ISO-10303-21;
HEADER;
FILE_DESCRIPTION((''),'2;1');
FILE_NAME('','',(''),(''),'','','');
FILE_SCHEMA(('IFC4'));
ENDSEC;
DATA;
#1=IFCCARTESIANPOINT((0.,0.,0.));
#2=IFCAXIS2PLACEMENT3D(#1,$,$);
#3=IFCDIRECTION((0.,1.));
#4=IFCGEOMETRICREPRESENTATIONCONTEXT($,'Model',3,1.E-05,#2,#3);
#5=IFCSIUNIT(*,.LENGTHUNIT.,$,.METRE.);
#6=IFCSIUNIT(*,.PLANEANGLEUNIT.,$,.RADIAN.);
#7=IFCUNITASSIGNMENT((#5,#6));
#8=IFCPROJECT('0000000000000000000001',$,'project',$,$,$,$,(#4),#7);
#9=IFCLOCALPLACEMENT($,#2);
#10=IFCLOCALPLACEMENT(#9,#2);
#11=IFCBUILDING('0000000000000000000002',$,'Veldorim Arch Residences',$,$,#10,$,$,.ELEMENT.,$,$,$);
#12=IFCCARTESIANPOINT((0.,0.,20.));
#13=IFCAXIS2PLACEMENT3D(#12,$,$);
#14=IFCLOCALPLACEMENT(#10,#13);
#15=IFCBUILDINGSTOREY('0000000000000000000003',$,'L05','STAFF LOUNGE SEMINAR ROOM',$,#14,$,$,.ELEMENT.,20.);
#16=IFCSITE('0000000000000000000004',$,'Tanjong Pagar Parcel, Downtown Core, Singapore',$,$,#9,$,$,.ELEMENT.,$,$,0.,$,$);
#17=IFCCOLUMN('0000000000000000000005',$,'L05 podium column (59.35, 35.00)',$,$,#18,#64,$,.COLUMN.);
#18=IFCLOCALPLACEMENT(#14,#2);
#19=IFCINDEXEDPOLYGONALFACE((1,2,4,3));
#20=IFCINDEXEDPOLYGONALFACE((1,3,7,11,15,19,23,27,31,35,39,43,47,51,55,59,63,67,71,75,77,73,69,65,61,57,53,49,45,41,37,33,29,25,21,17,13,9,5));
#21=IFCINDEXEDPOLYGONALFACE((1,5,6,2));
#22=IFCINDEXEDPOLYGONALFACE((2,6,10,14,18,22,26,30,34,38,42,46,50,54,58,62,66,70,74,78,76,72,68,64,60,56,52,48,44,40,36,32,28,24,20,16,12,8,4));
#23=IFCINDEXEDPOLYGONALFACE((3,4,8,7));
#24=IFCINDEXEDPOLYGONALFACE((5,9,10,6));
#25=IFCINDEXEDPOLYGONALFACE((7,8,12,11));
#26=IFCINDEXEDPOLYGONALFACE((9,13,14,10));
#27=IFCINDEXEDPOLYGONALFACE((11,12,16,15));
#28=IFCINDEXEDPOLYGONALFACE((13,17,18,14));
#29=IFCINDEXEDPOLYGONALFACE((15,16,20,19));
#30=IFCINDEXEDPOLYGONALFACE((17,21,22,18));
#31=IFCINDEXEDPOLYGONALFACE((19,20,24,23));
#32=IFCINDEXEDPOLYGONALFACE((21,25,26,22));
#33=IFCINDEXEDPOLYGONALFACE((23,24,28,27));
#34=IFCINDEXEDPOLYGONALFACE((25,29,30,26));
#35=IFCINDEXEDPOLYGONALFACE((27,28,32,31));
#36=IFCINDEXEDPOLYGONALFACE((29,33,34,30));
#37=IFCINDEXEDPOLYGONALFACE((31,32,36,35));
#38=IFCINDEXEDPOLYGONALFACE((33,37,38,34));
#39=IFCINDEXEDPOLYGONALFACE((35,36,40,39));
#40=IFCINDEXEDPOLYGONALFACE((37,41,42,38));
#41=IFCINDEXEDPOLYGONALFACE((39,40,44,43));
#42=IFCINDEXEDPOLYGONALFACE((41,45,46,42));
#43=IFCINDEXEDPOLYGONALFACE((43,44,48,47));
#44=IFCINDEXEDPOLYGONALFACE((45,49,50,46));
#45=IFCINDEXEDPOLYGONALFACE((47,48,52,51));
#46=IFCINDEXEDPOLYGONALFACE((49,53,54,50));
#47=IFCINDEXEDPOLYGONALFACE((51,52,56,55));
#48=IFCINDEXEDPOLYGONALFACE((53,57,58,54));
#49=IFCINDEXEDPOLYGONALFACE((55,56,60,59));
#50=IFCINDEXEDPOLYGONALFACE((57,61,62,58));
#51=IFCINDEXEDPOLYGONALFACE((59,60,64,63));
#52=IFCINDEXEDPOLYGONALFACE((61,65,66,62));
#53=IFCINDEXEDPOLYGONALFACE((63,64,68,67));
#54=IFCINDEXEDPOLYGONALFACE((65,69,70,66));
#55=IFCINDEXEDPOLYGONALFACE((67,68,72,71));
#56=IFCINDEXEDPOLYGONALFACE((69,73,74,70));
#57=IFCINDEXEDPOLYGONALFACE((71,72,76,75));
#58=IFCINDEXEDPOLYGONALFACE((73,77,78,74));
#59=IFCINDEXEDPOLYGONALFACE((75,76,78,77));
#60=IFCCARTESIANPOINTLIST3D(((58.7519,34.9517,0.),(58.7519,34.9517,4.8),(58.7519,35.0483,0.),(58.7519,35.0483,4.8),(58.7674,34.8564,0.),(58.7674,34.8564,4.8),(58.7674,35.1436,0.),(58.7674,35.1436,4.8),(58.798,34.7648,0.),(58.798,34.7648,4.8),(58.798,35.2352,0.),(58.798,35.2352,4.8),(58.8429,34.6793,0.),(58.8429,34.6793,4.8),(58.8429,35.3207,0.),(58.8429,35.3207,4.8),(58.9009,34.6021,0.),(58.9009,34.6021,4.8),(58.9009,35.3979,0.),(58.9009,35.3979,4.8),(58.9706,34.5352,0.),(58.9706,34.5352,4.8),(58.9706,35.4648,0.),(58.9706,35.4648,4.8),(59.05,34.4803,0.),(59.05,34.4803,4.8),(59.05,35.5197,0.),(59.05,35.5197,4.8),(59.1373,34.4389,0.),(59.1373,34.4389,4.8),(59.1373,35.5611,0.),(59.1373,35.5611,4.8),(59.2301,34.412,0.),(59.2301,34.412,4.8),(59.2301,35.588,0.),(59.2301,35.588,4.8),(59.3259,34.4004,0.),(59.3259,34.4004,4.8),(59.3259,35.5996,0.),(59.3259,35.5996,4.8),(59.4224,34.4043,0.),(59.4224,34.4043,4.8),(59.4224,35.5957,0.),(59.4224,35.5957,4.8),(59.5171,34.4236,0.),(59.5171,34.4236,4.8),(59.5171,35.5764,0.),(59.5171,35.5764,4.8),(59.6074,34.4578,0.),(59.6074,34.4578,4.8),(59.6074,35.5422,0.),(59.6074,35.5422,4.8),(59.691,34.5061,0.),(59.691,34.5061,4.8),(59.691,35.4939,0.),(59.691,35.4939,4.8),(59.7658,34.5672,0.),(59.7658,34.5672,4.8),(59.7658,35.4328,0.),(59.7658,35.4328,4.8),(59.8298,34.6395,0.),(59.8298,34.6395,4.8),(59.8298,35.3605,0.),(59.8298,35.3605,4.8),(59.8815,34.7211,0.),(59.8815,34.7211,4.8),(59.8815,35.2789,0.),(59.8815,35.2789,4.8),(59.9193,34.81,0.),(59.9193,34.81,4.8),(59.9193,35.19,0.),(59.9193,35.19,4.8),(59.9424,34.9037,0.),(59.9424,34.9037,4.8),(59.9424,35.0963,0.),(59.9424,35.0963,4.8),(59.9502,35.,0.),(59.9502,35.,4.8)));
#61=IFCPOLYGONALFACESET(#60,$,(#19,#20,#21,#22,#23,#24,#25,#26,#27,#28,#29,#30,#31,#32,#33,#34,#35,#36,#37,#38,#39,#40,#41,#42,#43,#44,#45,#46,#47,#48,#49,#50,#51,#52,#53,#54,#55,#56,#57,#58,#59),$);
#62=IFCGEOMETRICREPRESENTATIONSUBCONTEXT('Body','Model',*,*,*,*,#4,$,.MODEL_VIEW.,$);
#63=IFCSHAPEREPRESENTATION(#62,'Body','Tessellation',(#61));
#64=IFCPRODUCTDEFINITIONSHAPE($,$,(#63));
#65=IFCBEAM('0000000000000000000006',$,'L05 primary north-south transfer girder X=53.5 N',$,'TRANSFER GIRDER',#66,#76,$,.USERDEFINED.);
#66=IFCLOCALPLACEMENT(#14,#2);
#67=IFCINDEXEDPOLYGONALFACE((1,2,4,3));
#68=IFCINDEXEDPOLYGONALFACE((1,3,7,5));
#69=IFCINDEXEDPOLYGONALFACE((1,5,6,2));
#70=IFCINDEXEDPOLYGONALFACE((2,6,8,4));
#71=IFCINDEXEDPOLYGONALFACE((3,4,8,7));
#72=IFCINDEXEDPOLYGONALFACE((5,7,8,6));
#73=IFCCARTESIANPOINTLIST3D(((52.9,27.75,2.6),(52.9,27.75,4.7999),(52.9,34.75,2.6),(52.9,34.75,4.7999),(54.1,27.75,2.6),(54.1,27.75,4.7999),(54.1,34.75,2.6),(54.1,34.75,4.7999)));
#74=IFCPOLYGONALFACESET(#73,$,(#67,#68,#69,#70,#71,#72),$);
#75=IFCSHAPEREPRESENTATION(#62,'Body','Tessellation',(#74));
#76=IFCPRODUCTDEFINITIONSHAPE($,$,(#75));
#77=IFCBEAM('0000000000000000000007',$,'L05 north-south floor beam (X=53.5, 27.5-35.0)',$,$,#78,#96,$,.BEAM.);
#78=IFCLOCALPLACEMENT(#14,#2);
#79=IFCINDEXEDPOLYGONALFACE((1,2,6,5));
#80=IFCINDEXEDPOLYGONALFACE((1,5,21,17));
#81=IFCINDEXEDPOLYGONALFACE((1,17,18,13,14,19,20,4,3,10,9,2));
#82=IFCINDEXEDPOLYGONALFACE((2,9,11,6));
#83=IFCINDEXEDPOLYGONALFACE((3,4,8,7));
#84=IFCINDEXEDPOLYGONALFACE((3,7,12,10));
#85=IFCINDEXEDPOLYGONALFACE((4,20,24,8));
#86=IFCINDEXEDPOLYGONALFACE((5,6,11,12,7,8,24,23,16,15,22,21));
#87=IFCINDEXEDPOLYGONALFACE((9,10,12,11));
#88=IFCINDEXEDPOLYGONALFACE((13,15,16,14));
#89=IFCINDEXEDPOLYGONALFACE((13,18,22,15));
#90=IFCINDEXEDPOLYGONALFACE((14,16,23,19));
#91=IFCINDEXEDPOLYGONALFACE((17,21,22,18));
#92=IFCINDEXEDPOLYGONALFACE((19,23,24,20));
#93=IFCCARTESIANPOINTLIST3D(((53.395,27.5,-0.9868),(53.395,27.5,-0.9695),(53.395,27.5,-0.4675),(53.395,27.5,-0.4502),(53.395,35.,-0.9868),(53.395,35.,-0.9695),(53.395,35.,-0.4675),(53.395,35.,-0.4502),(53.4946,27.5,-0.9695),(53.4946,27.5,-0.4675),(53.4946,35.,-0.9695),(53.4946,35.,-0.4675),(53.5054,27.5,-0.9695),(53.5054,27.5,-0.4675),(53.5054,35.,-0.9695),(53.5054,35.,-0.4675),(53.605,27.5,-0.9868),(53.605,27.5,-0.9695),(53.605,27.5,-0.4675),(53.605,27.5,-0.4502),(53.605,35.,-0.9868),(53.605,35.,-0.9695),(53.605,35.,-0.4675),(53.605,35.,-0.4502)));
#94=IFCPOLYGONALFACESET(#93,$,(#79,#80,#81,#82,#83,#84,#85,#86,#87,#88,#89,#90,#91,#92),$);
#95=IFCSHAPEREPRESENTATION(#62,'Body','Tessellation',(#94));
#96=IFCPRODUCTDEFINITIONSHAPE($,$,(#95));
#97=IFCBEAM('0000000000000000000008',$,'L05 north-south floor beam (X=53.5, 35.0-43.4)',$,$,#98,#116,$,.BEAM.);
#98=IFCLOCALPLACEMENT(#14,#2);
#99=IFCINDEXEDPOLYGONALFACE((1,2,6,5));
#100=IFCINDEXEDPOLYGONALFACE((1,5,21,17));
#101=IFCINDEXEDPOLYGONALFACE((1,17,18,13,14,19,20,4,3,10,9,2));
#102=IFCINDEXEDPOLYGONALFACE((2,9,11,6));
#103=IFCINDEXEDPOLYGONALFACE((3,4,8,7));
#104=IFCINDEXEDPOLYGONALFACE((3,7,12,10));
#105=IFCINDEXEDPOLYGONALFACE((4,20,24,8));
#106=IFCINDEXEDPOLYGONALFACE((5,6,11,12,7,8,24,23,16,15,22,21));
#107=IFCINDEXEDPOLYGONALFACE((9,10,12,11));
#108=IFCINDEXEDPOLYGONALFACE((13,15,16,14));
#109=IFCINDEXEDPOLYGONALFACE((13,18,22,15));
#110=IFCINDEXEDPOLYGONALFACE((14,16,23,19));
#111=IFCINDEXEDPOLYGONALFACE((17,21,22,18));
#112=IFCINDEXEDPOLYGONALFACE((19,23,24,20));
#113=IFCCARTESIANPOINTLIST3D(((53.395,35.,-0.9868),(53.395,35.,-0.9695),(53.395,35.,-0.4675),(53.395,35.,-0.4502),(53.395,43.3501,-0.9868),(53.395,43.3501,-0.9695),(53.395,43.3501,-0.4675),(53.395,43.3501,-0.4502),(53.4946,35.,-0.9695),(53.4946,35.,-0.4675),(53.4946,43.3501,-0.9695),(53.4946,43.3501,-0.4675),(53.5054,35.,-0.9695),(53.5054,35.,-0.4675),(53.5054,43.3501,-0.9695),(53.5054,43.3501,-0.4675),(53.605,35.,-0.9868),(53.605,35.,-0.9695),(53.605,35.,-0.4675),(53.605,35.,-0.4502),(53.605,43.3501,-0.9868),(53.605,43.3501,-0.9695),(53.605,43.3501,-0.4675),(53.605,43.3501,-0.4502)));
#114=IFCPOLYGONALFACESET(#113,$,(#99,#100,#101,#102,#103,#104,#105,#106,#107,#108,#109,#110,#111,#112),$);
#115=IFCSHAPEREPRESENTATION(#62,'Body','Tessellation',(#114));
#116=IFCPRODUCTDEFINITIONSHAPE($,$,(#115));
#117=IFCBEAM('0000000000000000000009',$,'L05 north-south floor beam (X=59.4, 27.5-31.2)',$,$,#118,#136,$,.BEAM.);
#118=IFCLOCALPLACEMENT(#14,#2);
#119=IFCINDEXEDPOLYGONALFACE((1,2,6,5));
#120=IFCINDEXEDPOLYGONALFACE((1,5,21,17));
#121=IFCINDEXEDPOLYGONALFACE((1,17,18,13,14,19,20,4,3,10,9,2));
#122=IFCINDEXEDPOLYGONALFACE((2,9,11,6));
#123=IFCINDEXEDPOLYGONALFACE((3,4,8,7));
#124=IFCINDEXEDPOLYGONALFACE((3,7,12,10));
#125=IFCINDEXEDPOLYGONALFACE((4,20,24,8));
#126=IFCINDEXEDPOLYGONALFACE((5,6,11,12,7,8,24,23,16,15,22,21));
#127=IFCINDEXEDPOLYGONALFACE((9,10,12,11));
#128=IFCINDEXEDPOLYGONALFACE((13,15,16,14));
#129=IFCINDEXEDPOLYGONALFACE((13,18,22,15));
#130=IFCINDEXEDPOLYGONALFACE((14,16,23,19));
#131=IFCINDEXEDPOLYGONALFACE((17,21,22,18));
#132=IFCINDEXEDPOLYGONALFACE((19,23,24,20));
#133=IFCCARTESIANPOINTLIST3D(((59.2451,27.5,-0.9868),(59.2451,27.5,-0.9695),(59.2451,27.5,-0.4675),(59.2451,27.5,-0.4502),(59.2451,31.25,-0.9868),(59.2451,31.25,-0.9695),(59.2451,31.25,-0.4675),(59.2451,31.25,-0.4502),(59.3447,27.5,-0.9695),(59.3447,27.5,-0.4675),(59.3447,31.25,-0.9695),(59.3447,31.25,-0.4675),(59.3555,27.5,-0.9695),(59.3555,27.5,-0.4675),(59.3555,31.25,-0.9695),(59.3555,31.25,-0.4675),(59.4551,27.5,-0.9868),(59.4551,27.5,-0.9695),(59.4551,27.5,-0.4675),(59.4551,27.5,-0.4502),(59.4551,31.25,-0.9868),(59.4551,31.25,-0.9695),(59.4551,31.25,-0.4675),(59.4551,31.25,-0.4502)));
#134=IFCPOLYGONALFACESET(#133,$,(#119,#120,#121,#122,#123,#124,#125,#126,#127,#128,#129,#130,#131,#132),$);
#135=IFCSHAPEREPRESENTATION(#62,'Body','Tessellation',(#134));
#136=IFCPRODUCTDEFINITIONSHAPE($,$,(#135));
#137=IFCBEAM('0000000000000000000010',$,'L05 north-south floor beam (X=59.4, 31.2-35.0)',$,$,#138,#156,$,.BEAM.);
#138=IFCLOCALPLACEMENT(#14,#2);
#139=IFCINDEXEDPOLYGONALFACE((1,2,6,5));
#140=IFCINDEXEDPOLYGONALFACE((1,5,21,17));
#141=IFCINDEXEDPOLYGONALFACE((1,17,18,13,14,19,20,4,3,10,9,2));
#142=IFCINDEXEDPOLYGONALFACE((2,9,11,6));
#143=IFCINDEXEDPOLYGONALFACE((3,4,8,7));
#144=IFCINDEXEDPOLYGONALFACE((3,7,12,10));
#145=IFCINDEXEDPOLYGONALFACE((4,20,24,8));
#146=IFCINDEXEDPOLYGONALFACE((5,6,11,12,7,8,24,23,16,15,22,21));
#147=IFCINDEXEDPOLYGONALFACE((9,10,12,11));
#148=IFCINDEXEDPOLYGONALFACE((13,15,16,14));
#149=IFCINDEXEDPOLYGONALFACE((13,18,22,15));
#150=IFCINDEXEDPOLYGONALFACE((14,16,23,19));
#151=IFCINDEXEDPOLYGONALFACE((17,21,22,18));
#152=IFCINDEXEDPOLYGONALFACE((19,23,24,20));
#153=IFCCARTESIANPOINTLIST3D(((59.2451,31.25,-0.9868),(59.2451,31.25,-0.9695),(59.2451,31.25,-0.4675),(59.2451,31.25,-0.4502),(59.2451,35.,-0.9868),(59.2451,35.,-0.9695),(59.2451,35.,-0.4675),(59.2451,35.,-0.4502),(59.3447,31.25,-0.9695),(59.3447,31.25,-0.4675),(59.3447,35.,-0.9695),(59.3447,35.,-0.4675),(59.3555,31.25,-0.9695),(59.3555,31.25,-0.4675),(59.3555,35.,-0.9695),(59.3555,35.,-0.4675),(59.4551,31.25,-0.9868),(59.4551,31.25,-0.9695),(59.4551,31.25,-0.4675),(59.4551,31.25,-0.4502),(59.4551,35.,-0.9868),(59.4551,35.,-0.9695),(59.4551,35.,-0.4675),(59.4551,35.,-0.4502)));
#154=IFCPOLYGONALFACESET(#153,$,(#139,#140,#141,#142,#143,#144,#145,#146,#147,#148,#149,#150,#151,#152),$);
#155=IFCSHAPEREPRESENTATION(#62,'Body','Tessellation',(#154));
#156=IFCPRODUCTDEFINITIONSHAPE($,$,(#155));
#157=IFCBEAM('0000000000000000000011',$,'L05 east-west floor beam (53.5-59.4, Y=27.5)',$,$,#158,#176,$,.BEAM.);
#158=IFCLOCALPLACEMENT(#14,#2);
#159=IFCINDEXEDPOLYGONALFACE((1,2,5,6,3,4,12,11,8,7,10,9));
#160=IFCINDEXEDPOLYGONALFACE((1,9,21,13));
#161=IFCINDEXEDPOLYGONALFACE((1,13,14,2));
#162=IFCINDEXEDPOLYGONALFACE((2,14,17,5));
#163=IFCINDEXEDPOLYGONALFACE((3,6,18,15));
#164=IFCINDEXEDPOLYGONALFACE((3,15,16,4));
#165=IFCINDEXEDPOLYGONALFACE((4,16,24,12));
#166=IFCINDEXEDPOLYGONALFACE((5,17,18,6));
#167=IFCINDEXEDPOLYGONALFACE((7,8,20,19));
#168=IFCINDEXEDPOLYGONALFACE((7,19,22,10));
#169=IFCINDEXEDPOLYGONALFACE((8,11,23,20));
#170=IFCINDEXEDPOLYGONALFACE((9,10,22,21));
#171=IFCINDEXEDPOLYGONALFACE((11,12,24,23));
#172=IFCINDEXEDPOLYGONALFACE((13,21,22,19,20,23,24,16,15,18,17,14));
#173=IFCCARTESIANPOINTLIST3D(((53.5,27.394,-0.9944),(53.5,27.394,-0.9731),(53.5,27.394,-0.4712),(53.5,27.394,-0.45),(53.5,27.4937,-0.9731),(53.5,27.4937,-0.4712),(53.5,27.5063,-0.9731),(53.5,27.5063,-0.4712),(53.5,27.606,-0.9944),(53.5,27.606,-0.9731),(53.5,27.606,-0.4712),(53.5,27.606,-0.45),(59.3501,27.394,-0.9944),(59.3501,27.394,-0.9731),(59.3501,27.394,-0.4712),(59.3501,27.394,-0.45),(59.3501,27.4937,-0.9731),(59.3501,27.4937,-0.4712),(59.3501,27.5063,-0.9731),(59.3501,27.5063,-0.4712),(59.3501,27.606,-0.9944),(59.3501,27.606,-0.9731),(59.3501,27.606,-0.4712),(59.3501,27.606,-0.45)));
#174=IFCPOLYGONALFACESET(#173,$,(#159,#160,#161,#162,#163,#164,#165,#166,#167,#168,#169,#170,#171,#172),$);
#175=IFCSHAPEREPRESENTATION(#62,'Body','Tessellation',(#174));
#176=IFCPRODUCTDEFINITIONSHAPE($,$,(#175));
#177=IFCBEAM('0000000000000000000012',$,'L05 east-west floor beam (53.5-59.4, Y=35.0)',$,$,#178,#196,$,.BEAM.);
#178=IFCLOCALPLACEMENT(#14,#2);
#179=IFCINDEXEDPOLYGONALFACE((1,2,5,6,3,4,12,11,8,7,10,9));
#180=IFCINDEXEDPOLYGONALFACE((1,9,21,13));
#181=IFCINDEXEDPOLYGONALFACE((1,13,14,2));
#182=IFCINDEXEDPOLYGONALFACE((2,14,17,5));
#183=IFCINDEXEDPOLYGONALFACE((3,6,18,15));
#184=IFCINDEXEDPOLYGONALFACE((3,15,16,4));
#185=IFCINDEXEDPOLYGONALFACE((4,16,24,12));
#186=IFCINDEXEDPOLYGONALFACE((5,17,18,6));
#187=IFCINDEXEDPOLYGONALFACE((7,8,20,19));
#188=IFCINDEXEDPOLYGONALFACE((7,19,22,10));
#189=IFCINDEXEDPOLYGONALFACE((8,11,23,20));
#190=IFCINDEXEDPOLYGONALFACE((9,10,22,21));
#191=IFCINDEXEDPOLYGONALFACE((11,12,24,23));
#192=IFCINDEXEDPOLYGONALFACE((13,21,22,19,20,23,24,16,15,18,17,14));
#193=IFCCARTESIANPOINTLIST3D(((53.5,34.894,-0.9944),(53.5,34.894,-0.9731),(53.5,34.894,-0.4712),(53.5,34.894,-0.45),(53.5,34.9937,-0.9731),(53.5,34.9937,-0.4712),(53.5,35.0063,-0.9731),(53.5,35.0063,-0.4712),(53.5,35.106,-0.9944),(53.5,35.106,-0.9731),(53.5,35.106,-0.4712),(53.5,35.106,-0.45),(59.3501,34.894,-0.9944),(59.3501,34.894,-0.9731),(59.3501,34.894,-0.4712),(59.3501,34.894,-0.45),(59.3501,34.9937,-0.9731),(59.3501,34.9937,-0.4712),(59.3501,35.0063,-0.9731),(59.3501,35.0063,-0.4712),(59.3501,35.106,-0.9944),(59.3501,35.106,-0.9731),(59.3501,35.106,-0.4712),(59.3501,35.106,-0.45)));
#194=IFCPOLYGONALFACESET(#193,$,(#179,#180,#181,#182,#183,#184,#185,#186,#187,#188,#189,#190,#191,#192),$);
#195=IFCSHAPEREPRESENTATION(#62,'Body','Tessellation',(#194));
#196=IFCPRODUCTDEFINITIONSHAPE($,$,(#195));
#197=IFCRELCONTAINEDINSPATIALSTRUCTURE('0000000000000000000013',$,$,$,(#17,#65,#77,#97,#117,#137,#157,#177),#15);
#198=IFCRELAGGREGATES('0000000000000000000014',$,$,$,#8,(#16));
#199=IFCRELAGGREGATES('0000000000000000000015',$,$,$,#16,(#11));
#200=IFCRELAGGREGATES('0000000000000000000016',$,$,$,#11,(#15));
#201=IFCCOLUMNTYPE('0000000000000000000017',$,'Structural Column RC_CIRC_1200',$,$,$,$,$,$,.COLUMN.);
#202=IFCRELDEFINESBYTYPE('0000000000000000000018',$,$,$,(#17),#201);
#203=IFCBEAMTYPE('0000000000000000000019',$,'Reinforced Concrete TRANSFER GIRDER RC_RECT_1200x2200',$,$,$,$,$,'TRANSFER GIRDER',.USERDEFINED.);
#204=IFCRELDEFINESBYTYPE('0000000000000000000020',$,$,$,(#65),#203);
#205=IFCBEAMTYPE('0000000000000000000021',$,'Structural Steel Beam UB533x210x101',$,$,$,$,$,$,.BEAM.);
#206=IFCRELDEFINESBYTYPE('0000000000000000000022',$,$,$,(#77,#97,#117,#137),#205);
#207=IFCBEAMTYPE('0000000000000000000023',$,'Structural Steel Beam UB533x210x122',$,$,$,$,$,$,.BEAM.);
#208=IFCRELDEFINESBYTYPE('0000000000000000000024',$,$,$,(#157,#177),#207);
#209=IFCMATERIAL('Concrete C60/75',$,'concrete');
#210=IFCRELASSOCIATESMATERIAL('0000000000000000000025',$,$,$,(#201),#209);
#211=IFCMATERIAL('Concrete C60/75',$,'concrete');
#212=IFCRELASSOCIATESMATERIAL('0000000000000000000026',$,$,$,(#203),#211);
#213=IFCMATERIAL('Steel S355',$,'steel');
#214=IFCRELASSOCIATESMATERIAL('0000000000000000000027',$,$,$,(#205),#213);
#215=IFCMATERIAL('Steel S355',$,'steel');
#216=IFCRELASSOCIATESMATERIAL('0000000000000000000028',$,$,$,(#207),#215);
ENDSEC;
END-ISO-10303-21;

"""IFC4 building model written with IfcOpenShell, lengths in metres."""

from ifc_helpers import new_model, si_unit, direction, frame, origin, origin_2d, place, context, subcontext, project, spatial, rectangle, circle, i_section, extrude, material, material_profile, profile_set, type_object, element, save


model = new_model("IFC4")

# Units and contexts
model_context = context("Model", 3, precision=1e-05, world=origin(), true_north=direction((0.0, 1.0)))
body_context = subcontext(model_context, "Body", "Model", "MODEL_VIEW")
ifc_project = project(units=[si_unit("LENGTHUNIT", "METRE"), si_unit("PLANEANGLEUNIT", "RADIAN")], contexts=[model_context])

# Site, building, storey
site_placement = place(None, origin())
site = spatial("IfcSite", under=ifc_project, at=site_placement, Name="Tanjong Pagar Parcel, Downtown Core, Singapore", CompositionType="ELEMENT", RefElevation=0.0)
building_placement = place(site_placement, origin())
building = spatial("IfcBuilding", under=site, at=building_placement, Name="Veldorim Arch Residences", CompositionType="ELEMENT")
storey_placement = place(building_placement, frame((0.0, 0.0, 20.0)))
storey = spatial("IfcBuildingStorey", under=building, at=storey_placement, Name="L05", Description="STAFF LOUNGE SEMINAR ROOM", CompositionType="ELEMENT", Elevation=20.0)

# Column
ifc_material_1 = material(Name="Concrete C60/75", Category="concrete")
ifc_material_profile_1 = material_profile(ifc_material_1, circle(Radius=0.6001, at=origin_2d()), Name="RC_CIRC_1200")
ifc_profile_set_1 = profile_set([ifc_material_profile_1], Name="Concrete C60/75")
column_type = type_object("IfcColumnType", Name="Structural Column RC_CIRC_1200", PredefinedType="COLUMN", material=ifc_profile_set_1)
for number, where, z_axis, x_axis, name in (
    (1, (59.3501, 35.0, 0.0), (0.0, 0.0, 1.0), (1.0, 0.0, 0.0), "L05 podium column (59.35, 35.00)"),
):
    element("IfcColumn", number, at=place(storey_placement, frame(where, z_axis=z_axis, x_axis=x_axis)), inside=storey, type_object=column_type, Name=name, PredefinedType="COLUMN", context=body_context, shape_type="SweptSolid", body=[
        extrude(circle(Radius=0.6001, at=origin_2d()), origin(), (0.0, 0.0, 1.0), 4.8),
    ])

# Beams
ifc_material_2 = material(Name="Concrete C60/75", Category="concrete")
ifc_material_profile_2 = material_profile(ifc_material_2, rectangle(XDim=1.2, YDim=2.2, at=origin_2d()), Name="RC_RECT_1200x2200")
ifc_profile_set_2 = profile_set([ifc_material_profile_2], Name="Concrete C60/75")
beam_type_1 = type_object("IfcBeamType", Name="Reinforced Concrete TRANSFER GIRDER RC_RECT_1200x2200", ElementType="TRANSFER GIRDER", PredefinedType="USERDEFINED", material=ifc_profile_set_2)
beam_1_placement = place(storey_placement, frame((53.5, 27.75, 3.7), z_axis=(0.0, 1.0, 0.0), x_axis=(-1.0, 0.0, 0.0)))
element("IfcBeam", 2, at=beam_1_placement, inside=storey, type_object=beam_type_1, Name="L05 primary north-south transfer girder X=53.5 N", ObjectType="TRANSFER GIRDER", PredefinedType="USERDEFINED", context=body_context, shape_type="SweptSolid", body=[
    extrude(rectangle(XDim=1.2, YDim=2.2, at=origin_2d()), origin(), (0.0, 0.0, 1.0), 7.0),
])
ifc_material_3 = material(Name="Steel S355", Category="steel")
ifc_material_profile_3 = material_profile(ifc_material_3, i_section(OverallWidth=0.21, OverallDepth=0.5366, WebThickness=0.0107, FlangeThickness=0.0173, at=origin_2d()), Name="UB533x210x101")
ifc_profile_set_3 = profile_set([ifc_material_profile_3], Name="Steel S355")
beam_type_2 = type_object("IfcBeamType", Name="Structural Steel Beam UB533x210x101", PredefinedType="BEAM", material=ifc_profile_set_3)
beam_2_placement = place(storey_placement, frame((53.5, 27.5, -0.7185), z_axis=(0.0, 1.0, 0.0), x_axis=(-1.0, 0.0, 0.0)))
element("IfcBeam", 3, at=beam_2_placement, inside=storey, type_object=beam_type_2, Name="L05 north-south floor beam (X=53.5, 27.5-35.0)", PredefinedType="BEAM", context=body_context, shape_type="SweptSolid", body=[
    extrude(i_section(OverallWidth=0.21, OverallDepth=0.5366, WebThickness=0.0107, FlangeThickness=0.0173, at=origin_2d()), origin(), (0.0, 0.0, 1.0), 7.5),
])
beam_3_placement = place(storey_placement, frame((53.5, 35.0, -0.7185), z_axis=(0.0, 1.0, 0.0), x_axis=(-1.0, 0.0, 0.0)))
element("IfcBeam", 4, at=beam_3_placement, inside=storey, type_object=beam_type_2, Name="L05 north-south floor beam (X=53.5, 35.0-43.4)", PredefinedType="BEAM", context=body_context, shape_type="SweptSolid", body=[
    extrude(i_section(OverallWidth=0.21, OverallDepth=0.5366, WebThickness=0.0107, FlangeThickness=0.0173, at=origin_2d()), origin(), (0.0, 0.0, 1.0), 8.3501),
])
for number, where, z_axis, x_axis, name in (
    (5, (59.3501, 27.5, -0.7185), (0.0, 1.0, 0.0), (-1.0, 0.0, 0.0), "L05 north-south floor beam (X=59.4, 27.5-31.2)"),
    (6, (59.3501, 31.25, -0.7185), (0.0, 1.0, 0.0), (-1.0, 0.0, 0.0), "L05 north-south floor beam (X=59.4, 31.2-35.0)"),
):
    element("IfcBeam", number, at=place(storey_placement, frame(where, z_axis=z_axis, x_axis=x_axis)), inside=storey, type_object=beam_type_2, Name=name, PredefinedType="BEAM", context=body_context, shape_type="SweptSolid", body=[
        extrude(i_section(OverallWidth=0.21, OverallDepth=0.5366, WebThickness=0.0107, FlangeThickness=0.0173, at=origin_2d()), origin(), (0.0, 0.0, 1.0), 3.75),
    ])
ifc_material_4 = material(Name="Steel S355", Category="steel")
ifc_material_profile_4 = material_profile(ifc_material_4, i_section(OverallWidth=0.2119, OverallDepth=0.5444, WebThickness=0.0127, FlangeThickness=0.0212, at=origin_2d()), Name="UB533x210x122")
ifc_profile_set_4 = profile_set([ifc_material_profile_4], Name="Steel S355")
beam_type_3 = type_object("IfcBeamType", Name="Structural Steel Beam UB533x210x122", PredefinedType="BEAM", material=ifc_profile_set_4)
for number, where, z_axis, x_axis, name in (
    (7, (53.5, 27.5, -0.7222), (1.0, 0.0, 0.0), (0.0, 1.0, 0.0), "L05 east-west floor beam (53.5-59.4, Y=27.5)"),
    (8, (53.5, 35.0, -0.7222), (1.0, 0.0, 0.0), (0.0, 1.0, 0.0), "L05 east-west floor beam (53.5-59.4, Y=35.0)"),
):
    element("IfcBeam", number, at=place(storey_placement, frame(where, z_axis=z_axis, x_axis=x_axis)), inside=storey, type_object=beam_type_3, Name=name, PredefinedType="BEAM", context=body_context, shape_type="SweptSolid", body=[
        extrude(i_section(OverallWidth=0.2119, OverallDepth=0.5444, WebThickness=0.0127, FlangeThickness=0.0212, at=origin_2d()), origin(), (0.0, 0.0, 1.0), 5.8501),
    ])

save(model, "model.ifc")
